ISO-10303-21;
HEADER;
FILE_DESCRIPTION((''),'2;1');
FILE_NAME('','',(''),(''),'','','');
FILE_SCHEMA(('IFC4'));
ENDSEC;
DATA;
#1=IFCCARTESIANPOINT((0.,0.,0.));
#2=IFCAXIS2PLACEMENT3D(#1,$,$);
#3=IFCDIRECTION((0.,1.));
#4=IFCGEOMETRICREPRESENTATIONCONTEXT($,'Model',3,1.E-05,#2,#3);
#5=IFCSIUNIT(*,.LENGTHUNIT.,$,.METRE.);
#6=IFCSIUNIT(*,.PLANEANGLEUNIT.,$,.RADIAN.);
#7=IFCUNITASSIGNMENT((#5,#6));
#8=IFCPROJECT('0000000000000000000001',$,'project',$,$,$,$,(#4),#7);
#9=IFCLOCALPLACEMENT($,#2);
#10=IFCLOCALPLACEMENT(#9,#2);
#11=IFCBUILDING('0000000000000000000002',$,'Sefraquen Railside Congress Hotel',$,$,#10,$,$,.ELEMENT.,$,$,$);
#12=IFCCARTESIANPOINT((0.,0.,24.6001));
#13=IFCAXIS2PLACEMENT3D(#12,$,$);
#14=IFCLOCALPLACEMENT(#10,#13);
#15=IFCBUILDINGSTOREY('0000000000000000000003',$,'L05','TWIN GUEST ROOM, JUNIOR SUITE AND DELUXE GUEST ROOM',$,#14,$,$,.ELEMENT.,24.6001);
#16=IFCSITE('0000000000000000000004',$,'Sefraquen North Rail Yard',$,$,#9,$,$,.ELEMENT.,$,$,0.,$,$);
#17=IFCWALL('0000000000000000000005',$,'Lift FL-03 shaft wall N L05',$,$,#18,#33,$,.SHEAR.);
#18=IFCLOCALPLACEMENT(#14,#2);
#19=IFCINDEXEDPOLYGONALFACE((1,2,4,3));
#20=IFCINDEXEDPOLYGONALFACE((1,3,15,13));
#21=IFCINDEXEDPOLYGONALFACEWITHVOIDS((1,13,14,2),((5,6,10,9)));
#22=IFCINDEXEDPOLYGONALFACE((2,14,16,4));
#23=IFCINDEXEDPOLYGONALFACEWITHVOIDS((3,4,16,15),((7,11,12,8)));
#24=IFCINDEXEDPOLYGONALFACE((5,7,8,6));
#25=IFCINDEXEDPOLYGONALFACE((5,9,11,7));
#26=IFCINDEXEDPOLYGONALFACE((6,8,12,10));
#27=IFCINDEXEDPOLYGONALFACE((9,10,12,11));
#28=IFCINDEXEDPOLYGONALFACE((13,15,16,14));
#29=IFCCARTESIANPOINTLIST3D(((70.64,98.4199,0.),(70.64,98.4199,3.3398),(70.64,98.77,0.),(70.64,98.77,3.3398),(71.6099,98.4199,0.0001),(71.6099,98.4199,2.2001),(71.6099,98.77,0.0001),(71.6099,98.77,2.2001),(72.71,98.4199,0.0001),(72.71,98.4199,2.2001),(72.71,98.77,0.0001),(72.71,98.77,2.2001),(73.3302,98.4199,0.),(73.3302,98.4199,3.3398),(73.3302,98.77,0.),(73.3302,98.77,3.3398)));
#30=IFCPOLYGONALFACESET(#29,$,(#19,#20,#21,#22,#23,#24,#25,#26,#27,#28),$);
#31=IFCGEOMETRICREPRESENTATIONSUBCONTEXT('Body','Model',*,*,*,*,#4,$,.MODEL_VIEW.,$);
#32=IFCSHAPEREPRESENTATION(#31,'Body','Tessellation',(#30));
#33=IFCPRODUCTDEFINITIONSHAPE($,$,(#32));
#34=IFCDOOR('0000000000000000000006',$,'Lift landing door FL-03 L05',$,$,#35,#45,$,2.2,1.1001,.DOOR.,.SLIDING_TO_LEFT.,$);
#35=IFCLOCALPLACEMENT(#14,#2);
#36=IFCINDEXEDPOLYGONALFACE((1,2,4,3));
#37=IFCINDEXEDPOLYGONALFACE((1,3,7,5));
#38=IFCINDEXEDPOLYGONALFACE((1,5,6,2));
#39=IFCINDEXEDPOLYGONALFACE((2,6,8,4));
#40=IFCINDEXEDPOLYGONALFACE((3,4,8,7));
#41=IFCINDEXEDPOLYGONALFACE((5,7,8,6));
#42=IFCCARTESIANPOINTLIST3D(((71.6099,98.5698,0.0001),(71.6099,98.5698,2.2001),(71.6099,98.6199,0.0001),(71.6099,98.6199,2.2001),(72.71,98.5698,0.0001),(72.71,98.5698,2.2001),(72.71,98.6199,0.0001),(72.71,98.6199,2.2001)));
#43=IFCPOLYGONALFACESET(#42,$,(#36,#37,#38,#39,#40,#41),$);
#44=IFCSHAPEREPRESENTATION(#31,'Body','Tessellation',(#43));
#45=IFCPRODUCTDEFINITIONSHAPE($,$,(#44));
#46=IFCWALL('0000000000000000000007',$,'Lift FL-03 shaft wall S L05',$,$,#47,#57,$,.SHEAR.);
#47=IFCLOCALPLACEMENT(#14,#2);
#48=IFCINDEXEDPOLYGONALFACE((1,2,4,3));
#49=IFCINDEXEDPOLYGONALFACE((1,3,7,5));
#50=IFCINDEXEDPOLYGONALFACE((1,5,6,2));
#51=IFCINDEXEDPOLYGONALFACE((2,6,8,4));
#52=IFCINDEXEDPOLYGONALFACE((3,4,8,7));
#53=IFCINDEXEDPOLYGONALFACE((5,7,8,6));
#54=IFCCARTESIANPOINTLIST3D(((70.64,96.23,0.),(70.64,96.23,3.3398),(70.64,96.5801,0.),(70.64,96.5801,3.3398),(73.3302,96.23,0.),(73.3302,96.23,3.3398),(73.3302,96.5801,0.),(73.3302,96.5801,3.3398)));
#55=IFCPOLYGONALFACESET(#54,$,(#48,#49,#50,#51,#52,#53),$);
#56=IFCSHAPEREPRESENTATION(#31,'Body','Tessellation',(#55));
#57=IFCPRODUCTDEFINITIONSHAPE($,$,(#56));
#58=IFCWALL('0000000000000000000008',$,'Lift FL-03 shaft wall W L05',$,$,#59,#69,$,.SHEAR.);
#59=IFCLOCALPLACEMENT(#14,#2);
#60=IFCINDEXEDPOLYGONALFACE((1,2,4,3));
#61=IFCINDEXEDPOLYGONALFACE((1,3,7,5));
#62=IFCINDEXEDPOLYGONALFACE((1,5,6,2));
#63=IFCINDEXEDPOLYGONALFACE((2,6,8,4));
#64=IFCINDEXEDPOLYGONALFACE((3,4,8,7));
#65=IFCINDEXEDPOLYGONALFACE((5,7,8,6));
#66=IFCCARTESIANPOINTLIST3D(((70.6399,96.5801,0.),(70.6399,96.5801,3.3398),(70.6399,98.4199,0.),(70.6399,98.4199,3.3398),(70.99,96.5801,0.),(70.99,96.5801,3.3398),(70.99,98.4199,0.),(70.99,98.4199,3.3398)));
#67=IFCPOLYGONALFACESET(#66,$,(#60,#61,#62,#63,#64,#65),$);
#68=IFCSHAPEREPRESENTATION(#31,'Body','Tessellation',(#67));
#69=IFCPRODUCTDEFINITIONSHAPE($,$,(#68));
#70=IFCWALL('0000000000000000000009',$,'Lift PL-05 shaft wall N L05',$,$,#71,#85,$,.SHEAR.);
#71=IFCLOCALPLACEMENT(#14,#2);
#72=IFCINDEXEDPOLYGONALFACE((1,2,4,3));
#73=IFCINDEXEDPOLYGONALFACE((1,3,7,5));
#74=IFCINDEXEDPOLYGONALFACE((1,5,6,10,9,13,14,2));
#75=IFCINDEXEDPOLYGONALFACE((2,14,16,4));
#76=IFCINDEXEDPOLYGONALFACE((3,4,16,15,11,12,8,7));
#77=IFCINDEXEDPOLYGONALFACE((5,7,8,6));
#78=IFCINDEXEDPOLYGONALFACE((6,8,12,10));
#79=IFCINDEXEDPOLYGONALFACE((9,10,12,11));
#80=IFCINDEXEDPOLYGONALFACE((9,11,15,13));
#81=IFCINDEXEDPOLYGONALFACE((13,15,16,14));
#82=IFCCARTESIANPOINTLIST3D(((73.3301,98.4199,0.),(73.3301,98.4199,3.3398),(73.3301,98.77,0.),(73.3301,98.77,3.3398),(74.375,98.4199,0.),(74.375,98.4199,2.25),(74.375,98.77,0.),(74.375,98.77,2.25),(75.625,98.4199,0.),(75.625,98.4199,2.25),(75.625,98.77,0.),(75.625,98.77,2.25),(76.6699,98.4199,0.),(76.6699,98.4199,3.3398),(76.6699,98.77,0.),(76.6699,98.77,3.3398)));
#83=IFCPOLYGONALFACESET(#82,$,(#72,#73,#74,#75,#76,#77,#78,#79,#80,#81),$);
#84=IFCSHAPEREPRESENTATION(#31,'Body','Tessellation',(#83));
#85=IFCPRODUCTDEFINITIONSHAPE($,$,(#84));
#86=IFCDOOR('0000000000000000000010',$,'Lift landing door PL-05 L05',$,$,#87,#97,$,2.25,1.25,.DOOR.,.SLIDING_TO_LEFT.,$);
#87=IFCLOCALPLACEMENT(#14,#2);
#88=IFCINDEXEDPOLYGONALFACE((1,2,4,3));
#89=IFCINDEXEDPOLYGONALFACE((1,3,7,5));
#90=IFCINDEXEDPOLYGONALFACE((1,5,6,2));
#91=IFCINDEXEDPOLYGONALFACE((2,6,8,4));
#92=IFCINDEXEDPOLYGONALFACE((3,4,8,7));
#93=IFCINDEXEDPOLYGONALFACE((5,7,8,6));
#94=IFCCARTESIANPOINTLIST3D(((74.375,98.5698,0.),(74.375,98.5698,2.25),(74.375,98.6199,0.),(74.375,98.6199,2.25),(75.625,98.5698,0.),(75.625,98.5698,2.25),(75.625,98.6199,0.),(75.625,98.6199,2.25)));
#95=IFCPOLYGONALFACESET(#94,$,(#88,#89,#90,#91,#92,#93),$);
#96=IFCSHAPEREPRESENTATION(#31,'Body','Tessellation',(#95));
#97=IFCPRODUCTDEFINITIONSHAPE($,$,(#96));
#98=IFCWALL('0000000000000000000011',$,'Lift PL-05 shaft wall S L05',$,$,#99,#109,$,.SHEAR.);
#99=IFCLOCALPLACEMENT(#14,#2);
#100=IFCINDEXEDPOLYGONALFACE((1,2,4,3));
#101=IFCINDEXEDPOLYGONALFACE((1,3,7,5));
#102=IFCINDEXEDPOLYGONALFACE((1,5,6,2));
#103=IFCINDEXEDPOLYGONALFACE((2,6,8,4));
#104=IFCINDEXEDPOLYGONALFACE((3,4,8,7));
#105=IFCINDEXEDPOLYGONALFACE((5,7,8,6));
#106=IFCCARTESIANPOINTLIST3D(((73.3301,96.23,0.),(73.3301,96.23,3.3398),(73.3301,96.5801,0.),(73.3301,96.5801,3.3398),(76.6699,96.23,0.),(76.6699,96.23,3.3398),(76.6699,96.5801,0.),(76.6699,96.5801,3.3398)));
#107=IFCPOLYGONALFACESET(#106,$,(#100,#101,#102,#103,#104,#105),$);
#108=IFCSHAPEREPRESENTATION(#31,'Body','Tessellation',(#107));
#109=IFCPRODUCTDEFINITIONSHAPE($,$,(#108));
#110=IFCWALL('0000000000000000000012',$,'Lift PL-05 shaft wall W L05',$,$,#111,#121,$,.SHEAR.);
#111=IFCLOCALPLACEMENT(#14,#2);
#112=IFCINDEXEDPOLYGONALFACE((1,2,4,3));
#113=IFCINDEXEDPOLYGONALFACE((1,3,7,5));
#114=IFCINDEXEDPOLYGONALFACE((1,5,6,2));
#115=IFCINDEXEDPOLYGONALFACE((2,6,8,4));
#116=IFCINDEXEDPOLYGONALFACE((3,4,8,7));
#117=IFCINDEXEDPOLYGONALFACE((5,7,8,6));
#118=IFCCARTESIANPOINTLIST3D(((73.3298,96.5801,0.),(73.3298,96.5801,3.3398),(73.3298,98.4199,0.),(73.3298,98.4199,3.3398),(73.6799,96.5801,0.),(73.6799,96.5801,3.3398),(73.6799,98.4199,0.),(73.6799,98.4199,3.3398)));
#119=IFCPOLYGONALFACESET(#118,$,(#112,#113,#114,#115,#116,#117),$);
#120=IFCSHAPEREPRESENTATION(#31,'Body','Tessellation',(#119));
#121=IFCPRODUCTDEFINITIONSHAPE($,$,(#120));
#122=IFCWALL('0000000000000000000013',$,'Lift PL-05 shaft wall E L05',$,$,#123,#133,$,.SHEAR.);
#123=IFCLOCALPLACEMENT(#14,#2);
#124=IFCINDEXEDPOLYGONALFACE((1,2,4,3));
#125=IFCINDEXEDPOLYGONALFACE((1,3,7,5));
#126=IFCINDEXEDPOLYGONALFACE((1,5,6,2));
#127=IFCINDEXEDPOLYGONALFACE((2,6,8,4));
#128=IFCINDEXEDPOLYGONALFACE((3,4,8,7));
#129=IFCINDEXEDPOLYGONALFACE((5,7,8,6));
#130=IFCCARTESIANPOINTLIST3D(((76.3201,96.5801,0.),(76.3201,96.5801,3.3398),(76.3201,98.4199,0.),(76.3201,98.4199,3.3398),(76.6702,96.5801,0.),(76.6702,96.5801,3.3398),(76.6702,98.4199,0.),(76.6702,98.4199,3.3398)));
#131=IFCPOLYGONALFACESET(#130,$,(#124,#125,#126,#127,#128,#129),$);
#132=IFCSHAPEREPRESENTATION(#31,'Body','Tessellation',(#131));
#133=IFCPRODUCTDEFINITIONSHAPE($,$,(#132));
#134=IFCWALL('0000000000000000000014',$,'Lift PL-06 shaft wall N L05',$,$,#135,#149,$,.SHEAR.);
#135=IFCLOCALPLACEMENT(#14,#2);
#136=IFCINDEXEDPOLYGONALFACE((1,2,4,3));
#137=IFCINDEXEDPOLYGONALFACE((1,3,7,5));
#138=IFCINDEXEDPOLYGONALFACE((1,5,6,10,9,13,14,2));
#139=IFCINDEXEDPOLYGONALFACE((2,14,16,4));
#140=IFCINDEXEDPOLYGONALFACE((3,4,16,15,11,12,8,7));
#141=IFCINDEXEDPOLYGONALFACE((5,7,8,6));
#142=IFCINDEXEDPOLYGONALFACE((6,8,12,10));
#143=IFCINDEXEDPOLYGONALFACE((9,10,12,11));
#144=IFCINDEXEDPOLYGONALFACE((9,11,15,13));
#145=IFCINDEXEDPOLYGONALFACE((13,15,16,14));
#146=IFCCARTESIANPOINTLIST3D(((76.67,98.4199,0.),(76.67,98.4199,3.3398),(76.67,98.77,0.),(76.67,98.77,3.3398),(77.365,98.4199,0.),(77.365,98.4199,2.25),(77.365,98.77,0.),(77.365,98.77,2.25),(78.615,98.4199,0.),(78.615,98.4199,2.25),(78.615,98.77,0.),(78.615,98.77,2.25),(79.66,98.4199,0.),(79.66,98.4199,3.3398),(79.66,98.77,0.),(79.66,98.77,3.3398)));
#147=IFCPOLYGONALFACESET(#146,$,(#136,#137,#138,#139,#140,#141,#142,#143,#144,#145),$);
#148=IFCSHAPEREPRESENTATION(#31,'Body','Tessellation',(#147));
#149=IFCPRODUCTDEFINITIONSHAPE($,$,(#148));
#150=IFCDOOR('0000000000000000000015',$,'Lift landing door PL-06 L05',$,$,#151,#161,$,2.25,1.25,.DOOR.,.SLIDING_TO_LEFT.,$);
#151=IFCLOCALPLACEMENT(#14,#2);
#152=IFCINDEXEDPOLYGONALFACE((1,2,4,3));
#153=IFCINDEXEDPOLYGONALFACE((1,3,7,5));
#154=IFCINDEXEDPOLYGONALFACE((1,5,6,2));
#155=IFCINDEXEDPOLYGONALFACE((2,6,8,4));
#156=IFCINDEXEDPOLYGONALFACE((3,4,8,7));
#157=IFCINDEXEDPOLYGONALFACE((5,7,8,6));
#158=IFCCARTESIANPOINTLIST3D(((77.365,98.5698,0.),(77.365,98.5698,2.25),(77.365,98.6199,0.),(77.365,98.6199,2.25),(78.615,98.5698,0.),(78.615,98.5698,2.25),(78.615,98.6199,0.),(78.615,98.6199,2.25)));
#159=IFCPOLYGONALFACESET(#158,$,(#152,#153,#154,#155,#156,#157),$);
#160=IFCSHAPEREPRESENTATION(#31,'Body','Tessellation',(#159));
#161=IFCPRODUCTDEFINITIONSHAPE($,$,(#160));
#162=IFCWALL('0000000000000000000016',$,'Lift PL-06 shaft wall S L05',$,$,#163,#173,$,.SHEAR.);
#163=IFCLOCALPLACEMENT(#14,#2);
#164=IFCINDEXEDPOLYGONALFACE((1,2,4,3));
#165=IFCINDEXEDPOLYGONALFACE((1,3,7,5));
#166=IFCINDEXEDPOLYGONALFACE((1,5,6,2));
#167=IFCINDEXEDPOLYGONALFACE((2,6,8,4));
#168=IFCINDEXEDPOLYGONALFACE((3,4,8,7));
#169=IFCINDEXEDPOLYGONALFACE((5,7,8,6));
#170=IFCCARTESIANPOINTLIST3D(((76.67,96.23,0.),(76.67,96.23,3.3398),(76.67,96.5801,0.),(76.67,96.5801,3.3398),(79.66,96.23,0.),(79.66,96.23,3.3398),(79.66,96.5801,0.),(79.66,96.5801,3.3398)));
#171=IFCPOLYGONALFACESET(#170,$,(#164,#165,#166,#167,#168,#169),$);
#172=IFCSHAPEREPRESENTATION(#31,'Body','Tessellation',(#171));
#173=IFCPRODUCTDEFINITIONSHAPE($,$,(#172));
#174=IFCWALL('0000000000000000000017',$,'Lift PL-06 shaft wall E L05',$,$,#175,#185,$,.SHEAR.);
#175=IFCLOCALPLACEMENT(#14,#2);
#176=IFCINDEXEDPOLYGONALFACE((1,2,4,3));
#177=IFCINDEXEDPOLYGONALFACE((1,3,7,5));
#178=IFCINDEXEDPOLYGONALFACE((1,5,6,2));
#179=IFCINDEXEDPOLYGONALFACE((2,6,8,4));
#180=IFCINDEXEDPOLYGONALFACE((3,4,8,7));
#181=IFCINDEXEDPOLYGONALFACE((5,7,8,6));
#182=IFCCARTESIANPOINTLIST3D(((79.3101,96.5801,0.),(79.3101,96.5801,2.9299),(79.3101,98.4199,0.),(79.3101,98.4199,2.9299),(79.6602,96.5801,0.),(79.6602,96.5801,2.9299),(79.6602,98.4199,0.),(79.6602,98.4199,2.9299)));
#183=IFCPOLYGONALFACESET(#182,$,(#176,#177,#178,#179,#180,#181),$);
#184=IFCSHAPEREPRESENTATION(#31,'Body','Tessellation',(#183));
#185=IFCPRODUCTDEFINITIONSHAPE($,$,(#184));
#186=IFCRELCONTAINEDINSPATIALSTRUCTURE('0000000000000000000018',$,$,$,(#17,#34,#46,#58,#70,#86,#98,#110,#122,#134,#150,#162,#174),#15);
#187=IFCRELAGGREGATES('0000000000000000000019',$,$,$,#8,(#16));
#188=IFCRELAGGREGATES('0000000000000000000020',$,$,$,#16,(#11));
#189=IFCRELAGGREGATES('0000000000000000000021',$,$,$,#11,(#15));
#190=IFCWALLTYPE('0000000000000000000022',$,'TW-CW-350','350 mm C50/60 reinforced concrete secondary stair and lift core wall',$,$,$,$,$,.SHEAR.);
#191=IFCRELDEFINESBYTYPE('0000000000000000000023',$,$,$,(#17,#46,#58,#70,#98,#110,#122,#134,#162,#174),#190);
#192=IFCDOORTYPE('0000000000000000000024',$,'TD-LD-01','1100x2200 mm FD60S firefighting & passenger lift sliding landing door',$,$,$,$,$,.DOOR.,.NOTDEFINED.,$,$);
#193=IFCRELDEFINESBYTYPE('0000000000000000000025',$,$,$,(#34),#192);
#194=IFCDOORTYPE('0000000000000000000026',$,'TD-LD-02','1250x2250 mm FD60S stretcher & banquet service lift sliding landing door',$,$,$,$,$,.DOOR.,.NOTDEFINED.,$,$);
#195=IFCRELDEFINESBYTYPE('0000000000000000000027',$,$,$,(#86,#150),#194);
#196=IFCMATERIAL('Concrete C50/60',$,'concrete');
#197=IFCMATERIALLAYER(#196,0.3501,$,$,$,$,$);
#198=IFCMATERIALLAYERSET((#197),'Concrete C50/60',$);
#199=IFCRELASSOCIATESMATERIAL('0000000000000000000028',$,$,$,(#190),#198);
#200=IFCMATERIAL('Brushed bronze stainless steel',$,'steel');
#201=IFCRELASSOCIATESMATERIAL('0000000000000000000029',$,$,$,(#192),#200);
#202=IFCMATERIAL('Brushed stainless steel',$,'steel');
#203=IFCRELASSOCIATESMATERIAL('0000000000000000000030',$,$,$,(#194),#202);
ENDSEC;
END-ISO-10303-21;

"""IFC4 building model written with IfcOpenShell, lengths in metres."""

from ifc_helpers import new_model, si_unit, direction, frame, frame_2d, origin, place, context, subcontext, project, spatial, rectangle, extrude, material, layer, layer_set, type_object, element, fill, save


model = new_model("IFC4")

# Units and contexts
model_context = context("Model", 3, precision=1e-05, world=origin(), true_north=direction((0.0, 1.0)))
body_context = subcontext(model_context, "Body", "Model", "MODEL_VIEW")
ifc_project = project(units=[si_unit("LENGTHUNIT", "METRE"), si_unit("PLANEANGLEUNIT", "RADIAN")], contexts=[model_context])

# Site, building, storey
site_placement = place(None, origin())
site = spatial("IfcSite", under=ifc_project, at=site_placement, Name="Sefraquen North Rail Yard", CompositionType="ELEMENT", RefElevation=0.0)
building_placement = place(site_placement, origin())
building = spatial("IfcBuilding", under=site, at=building_placement, Name="Sefraquen Railside Congress Hotel", CompositionType="ELEMENT")
storey_placement = place(building_placement, frame((0.0, 0.0, 24.6001)))
storey = spatial("IfcBuildingStorey", under=building, at=storey_placement, Name="L05", Description="TWIN GUEST ROOM, JUNIOR SUITE AND DELUXE GUEST ROOM", CompositionType="ELEMENT", Elevation=24.6001)

# Wall, opening, door
ifc_material_1 = material(Name="Concrete C50/60", Category="concrete")
ifc_layer_1 = layer(ifc_material_1, 0.3501)
ifc_layer_set_1 = layer_set([ifc_layer_1], Name="Concrete C50/60")
wall_type_1 = type_object("IfcWallType", Name="TW-CW-350", Description="350 mm C50/60 reinforced concrete secondary stair and lift core wall", PredefinedType="SHEAR", material=ifc_layer_set_1)
wall_1_placement = place(storey_placement, frame((70.6399, 98.595, 0.0), z_axis=(0.0, 0.0, 1.0), x_axis=(1.0, 0.0, 0.0)))
wall_1 = element("IfcWall", 1, at=wall_1_placement, inside=storey, type_object=wall_type_1, Name="Lift FL-03 shaft wall N L05", PredefinedType="SHEAR", context=body_context, shape_type="SweptSolid", body=[
    extrude(rectangle(XDim=2.6902, YDim=0.3501, at=frame_2d((1.3452, 0.0))), origin(), (0.0, 0.0, 1.0), 3.3398),
])
opening_1_placement = place(wall_1_placement, frame((0.97, 0.0, 0.0)))
opening_1 = element("IfcOpeningElement", 2, at=opening_1_placement, cuts=wall_1, PredefinedType="OPENING", context=body_context, shape_type="SweptSolid", body=[
    extrude(rectangle(XDim=1.1001, YDim=2.2, at=frame_2d((0.55, 1.1001))), frame((0.0, 0.1851, 0.0), z_axis=(0.0, -1.0, 0.0), x_axis=(1.0, 0.0, 0.0)), (0.0, 0.0, 1.0), 0.3701),
])
ifc_material_2 = material(Name="Brushed bronze stainless steel", Category="steel")
door_type_1 = type_object("IfcDoorType", Name="TD-LD-01", Description="1100x2200 mm FD60S firefighting & passenger lift sliding landing door", OperationType="NOTDEFINED", PredefinedType="DOOR", material=ifc_material_2)
door_1_placement = place(opening_1_placement, origin())
door_1 = element("IfcDoor", 3, at=door_1_placement, inside=storey, type_object=door_type_1, Name="Lift landing door FL-03 L05", OperationType="SLIDING_TO_LEFT", OverallHeight=2.2, OverallWidth=1.1001, PredefinedType="DOOR", context=body_context, shape_type="SweptSolid", body=[
    extrude(rectangle(XDim=1.1001, YDim=2.2, at=frame_2d((0.55, 1.1001))), frame((0.0, 0.0249, 0.0), z_axis=(0.0, -1.0, 0.0), x_axis=(1.0, 0.0, 0.0)), (0.0, 0.0, 1.0), 0.05),
])
fill(opening_1, door_1)

# Walls
wall_2_placement = place(storey_placement, frame((70.6399, 96.405, 0.0), z_axis=(0.0, 0.0, 1.0), x_axis=(1.0, 0.0, 0.0)))
element("IfcWall", 4, at=wall_2_placement, inside=storey, type_object=wall_type_1, Name="Lift FL-03 shaft wall S L05", PredefinedType="SHEAR", context=body_context, shape_type="SweptSolid", body=[
    extrude(rectangle(XDim=2.6902, YDim=0.3501, at=frame_2d((1.3452, 0.0))), origin(), (0.0, 0.0, 1.0), 3.3398),
])
wall_3_placement = place(storey_placement, frame((70.8149, 96.5801, 0.0), z_axis=(0.0, 0.0, 1.0), x_axis=(0.0, 1.0, 0.0)))
element("IfcWall", 5, at=wall_3_placement, inside=storey, type_object=wall_type_1, Name="Lift FL-03 shaft wall W L05", PredefinedType="SHEAR", context=body_context, shape_type="SweptSolid", body=[
    extrude(rectangle(XDim=1.8398, YDim=0.3501, at=frame_2d((0.9199, 0.0))), origin(), (0.0, 0.0, 1.0), 3.3398),
])

# Wall, opening, door
wall_4_placement = place(storey_placement, frame((73.3301, 98.595, 0.0), z_axis=(0.0, 0.0, 1.0), x_axis=(1.0, 0.0, 0.0)))
wall_4 = element("IfcWall", 6, at=wall_4_placement, inside=storey, type_object=wall_type_1, Name="Lift PL-05 shaft wall N L05", PredefinedType="SHEAR", context=body_context, shape_type="SweptSolid", body=[
    extrude(rectangle(XDim=3.3398, YDim=0.3501, at=frame_2d((1.6699, 0.0))), origin(), (0.0, 0.0, 1.0), 3.3398),
])
opening_2_placement = place(wall_4_placement, frame((1.0449, 0.0, 0.0)))
opening_2 = element("IfcOpeningElement", 7, at=opening_2_placement, cuts=wall_4, PredefinedType="OPENING", context=body_context, shape_type="SweptSolid", body=[
    extrude(rectangle(XDim=1.25, YDim=2.25, at=frame_2d((0.625, 1.125))), frame((0.0, 0.1851, 0.0), z_axis=(0.0, -1.0, 0.0), x_axis=(1.0, 0.0, 0.0)), (0.0, 0.0, 1.0), 0.3701),
])
ifc_material_3 = material(Name="Brushed stainless steel", Category="steel")
door_type_2 = type_object("IfcDoorType", Name="TD-LD-02", Description="1250x2250 mm FD60S stretcher & banquet service lift sliding landing door", OperationType="NOTDEFINED", PredefinedType="DOOR", material=ifc_material_3)
door_2_placement = place(opening_2_placement, origin())
door_2 = element("IfcDoor", 8, at=door_2_placement, inside=storey, type_object=door_type_2, Name="Lift landing door PL-05 L05", OperationType="SLIDING_TO_LEFT", OverallHeight=2.25, OverallWidth=1.25, PredefinedType="DOOR", context=body_context, shape_type="SweptSolid", body=[
    extrude(rectangle(XDim=1.25, YDim=2.25, at=frame_2d((0.625, 1.125))), frame((0.0, 0.0249, 0.0), z_axis=(0.0, -1.0, 0.0), x_axis=(1.0, 0.0, 0.0)), (0.0, 0.0, 1.0), 0.05),
])
fill(opening_2, door_2)

# Walls
wall_5_placement = place(storey_placement, frame((73.3301, 96.405, 0.0), z_axis=(0.0, 0.0, 1.0), x_axis=(1.0, 0.0, 0.0)))
element("IfcWall", 9, at=wall_5_placement, inside=storey, type_object=wall_type_1, Name="Lift PL-05 shaft wall S L05", PredefinedType="SHEAR", context=body_context, shape_type="SweptSolid", body=[
    extrude(rectangle(XDim=3.3398, YDim=0.3501, at=frame_2d((1.6699, 0.0))), origin(), (0.0, 0.0, 1.0), 3.3398),
])
for number, where, z_axis, x_axis, name in (
    (10, (73.5049, 96.5801, 0.0), (0.0, 0.0, 1.0), (0.0, 1.0, 0.0), "Lift PL-05 shaft wall W L05"),
    (11, (76.4951, 96.5801, 0.0), (0.0, 0.0, 1.0), (0.0, 1.0, 0.0), "Lift PL-05 shaft wall E L05"),
):
    element("IfcWall", number, at=place(storey_placement, frame(where, z_axis=z_axis, x_axis=x_axis)), inside=storey, type_object=wall_type_1, Name=name, PredefinedType="SHEAR", context=body_context, shape_type="SweptSolid", body=[
        extrude(rectangle(XDim=1.8398, YDim=0.3501, at=frame_2d((0.9199, 0.0))), origin(), (0.0, 0.0, 1.0), 3.3398),
    ])

# Wall, opening, door
wall_6_placement = place(storey_placement, frame((76.6699, 98.595, 0.0), z_axis=(0.0, 0.0, 1.0), x_axis=(1.0, 0.0, 0.0)))
wall_6 = element("IfcWall", 12, at=wall_6_placement, inside=storey, type_object=wall_type_1, Name="Lift PL-06 shaft wall N L05", PredefinedType="SHEAR", context=body_context, shape_type="SweptSolid", body=[
    extrude(rectangle(XDim=2.99, YDim=0.3501, at=frame_2d((1.4951, 0.0))), origin(), (0.0, 0.0, 1.0), 3.3398),
])
opening_3_placement = place(wall_6_placement, frame((0.6951, 0.0, 0.0)))
opening_3 = element("IfcOpeningElement", 13, at=opening_3_placement, cuts=wall_6, PredefinedType="OPENING", context=body_context, shape_type="SweptSolid", body=[
    extrude(rectangle(XDim=1.25, YDim=2.25, at=frame_2d((0.625, 1.125))), frame((0.0, 0.1851, 0.0), z_axis=(0.0, -1.0, 0.0), x_axis=(1.0, 0.0, 0.0)), (0.0, 0.0, 1.0), 0.3701),
])
door_3_placement = place(opening_3_placement, origin())
door_3 = element("IfcDoor", 14, at=door_3_placement, inside=storey, type_object=door_type_2, Name="Lift landing door PL-06 L05", OperationType="SLIDING_TO_LEFT", OverallHeight=2.25, OverallWidth=1.25, PredefinedType="DOOR", context=body_context, shape_type="SweptSolid", body=[
    extrude(rectangle(XDim=1.25, YDim=2.25, at=frame_2d((0.625, 1.125))), frame((0.0, 0.0249, 0.0), z_axis=(0.0, -1.0, 0.0), x_axis=(1.0, 0.0, 0.0)), (0.0, 0.0, 1.0), 0.05),
])
fill(opening_3, door_3)

# Walls
wall_7_placement = place(storey_placement, frame((76.6699, 96.405, 0.0), z_axis=(0.0, 0.0, 1.0), x_axis=(1.0, 0.0, 0.0)))
element("IfcWall", 15, at=wall_7_placement, inside=storey, type_object=wall_type_1, Name="Lift PL-06 shaft wall S L05", PredefinedType="SHEAR", context=body_context, shape_type="SweptSolid", body=[
    extrude(rectangle(XDim=2.99, YDim=0.3501, at=frame_2d((1.4951, 0.0))), origin(), (0.0, 0.0, 1.0), 3.3398),
])
wall_8_placement = place(storey_placement, frame((79.4851, 96.5801, 0.0), z_axis=(0.0, 0.0, 1.0), x_axis=(0.0, 1.0, 0.0)))
element("IfcWall", 16, at=wall_8_placement, inside=storey, type_object=wall_type_1, Name="Lift PL-06 shaft wall E L05", PredefinedType="SHEAR", context=body_context, shape_type="SweptSolid", body=[
    extrude(rectangle(XDim=1.8398, YDim=0.3501, at=frame_2d((0.9199, 0.0))), origin(), (0.0, 0.0, 1.0), 2.9299),
])

save(model, "model.ifc")
